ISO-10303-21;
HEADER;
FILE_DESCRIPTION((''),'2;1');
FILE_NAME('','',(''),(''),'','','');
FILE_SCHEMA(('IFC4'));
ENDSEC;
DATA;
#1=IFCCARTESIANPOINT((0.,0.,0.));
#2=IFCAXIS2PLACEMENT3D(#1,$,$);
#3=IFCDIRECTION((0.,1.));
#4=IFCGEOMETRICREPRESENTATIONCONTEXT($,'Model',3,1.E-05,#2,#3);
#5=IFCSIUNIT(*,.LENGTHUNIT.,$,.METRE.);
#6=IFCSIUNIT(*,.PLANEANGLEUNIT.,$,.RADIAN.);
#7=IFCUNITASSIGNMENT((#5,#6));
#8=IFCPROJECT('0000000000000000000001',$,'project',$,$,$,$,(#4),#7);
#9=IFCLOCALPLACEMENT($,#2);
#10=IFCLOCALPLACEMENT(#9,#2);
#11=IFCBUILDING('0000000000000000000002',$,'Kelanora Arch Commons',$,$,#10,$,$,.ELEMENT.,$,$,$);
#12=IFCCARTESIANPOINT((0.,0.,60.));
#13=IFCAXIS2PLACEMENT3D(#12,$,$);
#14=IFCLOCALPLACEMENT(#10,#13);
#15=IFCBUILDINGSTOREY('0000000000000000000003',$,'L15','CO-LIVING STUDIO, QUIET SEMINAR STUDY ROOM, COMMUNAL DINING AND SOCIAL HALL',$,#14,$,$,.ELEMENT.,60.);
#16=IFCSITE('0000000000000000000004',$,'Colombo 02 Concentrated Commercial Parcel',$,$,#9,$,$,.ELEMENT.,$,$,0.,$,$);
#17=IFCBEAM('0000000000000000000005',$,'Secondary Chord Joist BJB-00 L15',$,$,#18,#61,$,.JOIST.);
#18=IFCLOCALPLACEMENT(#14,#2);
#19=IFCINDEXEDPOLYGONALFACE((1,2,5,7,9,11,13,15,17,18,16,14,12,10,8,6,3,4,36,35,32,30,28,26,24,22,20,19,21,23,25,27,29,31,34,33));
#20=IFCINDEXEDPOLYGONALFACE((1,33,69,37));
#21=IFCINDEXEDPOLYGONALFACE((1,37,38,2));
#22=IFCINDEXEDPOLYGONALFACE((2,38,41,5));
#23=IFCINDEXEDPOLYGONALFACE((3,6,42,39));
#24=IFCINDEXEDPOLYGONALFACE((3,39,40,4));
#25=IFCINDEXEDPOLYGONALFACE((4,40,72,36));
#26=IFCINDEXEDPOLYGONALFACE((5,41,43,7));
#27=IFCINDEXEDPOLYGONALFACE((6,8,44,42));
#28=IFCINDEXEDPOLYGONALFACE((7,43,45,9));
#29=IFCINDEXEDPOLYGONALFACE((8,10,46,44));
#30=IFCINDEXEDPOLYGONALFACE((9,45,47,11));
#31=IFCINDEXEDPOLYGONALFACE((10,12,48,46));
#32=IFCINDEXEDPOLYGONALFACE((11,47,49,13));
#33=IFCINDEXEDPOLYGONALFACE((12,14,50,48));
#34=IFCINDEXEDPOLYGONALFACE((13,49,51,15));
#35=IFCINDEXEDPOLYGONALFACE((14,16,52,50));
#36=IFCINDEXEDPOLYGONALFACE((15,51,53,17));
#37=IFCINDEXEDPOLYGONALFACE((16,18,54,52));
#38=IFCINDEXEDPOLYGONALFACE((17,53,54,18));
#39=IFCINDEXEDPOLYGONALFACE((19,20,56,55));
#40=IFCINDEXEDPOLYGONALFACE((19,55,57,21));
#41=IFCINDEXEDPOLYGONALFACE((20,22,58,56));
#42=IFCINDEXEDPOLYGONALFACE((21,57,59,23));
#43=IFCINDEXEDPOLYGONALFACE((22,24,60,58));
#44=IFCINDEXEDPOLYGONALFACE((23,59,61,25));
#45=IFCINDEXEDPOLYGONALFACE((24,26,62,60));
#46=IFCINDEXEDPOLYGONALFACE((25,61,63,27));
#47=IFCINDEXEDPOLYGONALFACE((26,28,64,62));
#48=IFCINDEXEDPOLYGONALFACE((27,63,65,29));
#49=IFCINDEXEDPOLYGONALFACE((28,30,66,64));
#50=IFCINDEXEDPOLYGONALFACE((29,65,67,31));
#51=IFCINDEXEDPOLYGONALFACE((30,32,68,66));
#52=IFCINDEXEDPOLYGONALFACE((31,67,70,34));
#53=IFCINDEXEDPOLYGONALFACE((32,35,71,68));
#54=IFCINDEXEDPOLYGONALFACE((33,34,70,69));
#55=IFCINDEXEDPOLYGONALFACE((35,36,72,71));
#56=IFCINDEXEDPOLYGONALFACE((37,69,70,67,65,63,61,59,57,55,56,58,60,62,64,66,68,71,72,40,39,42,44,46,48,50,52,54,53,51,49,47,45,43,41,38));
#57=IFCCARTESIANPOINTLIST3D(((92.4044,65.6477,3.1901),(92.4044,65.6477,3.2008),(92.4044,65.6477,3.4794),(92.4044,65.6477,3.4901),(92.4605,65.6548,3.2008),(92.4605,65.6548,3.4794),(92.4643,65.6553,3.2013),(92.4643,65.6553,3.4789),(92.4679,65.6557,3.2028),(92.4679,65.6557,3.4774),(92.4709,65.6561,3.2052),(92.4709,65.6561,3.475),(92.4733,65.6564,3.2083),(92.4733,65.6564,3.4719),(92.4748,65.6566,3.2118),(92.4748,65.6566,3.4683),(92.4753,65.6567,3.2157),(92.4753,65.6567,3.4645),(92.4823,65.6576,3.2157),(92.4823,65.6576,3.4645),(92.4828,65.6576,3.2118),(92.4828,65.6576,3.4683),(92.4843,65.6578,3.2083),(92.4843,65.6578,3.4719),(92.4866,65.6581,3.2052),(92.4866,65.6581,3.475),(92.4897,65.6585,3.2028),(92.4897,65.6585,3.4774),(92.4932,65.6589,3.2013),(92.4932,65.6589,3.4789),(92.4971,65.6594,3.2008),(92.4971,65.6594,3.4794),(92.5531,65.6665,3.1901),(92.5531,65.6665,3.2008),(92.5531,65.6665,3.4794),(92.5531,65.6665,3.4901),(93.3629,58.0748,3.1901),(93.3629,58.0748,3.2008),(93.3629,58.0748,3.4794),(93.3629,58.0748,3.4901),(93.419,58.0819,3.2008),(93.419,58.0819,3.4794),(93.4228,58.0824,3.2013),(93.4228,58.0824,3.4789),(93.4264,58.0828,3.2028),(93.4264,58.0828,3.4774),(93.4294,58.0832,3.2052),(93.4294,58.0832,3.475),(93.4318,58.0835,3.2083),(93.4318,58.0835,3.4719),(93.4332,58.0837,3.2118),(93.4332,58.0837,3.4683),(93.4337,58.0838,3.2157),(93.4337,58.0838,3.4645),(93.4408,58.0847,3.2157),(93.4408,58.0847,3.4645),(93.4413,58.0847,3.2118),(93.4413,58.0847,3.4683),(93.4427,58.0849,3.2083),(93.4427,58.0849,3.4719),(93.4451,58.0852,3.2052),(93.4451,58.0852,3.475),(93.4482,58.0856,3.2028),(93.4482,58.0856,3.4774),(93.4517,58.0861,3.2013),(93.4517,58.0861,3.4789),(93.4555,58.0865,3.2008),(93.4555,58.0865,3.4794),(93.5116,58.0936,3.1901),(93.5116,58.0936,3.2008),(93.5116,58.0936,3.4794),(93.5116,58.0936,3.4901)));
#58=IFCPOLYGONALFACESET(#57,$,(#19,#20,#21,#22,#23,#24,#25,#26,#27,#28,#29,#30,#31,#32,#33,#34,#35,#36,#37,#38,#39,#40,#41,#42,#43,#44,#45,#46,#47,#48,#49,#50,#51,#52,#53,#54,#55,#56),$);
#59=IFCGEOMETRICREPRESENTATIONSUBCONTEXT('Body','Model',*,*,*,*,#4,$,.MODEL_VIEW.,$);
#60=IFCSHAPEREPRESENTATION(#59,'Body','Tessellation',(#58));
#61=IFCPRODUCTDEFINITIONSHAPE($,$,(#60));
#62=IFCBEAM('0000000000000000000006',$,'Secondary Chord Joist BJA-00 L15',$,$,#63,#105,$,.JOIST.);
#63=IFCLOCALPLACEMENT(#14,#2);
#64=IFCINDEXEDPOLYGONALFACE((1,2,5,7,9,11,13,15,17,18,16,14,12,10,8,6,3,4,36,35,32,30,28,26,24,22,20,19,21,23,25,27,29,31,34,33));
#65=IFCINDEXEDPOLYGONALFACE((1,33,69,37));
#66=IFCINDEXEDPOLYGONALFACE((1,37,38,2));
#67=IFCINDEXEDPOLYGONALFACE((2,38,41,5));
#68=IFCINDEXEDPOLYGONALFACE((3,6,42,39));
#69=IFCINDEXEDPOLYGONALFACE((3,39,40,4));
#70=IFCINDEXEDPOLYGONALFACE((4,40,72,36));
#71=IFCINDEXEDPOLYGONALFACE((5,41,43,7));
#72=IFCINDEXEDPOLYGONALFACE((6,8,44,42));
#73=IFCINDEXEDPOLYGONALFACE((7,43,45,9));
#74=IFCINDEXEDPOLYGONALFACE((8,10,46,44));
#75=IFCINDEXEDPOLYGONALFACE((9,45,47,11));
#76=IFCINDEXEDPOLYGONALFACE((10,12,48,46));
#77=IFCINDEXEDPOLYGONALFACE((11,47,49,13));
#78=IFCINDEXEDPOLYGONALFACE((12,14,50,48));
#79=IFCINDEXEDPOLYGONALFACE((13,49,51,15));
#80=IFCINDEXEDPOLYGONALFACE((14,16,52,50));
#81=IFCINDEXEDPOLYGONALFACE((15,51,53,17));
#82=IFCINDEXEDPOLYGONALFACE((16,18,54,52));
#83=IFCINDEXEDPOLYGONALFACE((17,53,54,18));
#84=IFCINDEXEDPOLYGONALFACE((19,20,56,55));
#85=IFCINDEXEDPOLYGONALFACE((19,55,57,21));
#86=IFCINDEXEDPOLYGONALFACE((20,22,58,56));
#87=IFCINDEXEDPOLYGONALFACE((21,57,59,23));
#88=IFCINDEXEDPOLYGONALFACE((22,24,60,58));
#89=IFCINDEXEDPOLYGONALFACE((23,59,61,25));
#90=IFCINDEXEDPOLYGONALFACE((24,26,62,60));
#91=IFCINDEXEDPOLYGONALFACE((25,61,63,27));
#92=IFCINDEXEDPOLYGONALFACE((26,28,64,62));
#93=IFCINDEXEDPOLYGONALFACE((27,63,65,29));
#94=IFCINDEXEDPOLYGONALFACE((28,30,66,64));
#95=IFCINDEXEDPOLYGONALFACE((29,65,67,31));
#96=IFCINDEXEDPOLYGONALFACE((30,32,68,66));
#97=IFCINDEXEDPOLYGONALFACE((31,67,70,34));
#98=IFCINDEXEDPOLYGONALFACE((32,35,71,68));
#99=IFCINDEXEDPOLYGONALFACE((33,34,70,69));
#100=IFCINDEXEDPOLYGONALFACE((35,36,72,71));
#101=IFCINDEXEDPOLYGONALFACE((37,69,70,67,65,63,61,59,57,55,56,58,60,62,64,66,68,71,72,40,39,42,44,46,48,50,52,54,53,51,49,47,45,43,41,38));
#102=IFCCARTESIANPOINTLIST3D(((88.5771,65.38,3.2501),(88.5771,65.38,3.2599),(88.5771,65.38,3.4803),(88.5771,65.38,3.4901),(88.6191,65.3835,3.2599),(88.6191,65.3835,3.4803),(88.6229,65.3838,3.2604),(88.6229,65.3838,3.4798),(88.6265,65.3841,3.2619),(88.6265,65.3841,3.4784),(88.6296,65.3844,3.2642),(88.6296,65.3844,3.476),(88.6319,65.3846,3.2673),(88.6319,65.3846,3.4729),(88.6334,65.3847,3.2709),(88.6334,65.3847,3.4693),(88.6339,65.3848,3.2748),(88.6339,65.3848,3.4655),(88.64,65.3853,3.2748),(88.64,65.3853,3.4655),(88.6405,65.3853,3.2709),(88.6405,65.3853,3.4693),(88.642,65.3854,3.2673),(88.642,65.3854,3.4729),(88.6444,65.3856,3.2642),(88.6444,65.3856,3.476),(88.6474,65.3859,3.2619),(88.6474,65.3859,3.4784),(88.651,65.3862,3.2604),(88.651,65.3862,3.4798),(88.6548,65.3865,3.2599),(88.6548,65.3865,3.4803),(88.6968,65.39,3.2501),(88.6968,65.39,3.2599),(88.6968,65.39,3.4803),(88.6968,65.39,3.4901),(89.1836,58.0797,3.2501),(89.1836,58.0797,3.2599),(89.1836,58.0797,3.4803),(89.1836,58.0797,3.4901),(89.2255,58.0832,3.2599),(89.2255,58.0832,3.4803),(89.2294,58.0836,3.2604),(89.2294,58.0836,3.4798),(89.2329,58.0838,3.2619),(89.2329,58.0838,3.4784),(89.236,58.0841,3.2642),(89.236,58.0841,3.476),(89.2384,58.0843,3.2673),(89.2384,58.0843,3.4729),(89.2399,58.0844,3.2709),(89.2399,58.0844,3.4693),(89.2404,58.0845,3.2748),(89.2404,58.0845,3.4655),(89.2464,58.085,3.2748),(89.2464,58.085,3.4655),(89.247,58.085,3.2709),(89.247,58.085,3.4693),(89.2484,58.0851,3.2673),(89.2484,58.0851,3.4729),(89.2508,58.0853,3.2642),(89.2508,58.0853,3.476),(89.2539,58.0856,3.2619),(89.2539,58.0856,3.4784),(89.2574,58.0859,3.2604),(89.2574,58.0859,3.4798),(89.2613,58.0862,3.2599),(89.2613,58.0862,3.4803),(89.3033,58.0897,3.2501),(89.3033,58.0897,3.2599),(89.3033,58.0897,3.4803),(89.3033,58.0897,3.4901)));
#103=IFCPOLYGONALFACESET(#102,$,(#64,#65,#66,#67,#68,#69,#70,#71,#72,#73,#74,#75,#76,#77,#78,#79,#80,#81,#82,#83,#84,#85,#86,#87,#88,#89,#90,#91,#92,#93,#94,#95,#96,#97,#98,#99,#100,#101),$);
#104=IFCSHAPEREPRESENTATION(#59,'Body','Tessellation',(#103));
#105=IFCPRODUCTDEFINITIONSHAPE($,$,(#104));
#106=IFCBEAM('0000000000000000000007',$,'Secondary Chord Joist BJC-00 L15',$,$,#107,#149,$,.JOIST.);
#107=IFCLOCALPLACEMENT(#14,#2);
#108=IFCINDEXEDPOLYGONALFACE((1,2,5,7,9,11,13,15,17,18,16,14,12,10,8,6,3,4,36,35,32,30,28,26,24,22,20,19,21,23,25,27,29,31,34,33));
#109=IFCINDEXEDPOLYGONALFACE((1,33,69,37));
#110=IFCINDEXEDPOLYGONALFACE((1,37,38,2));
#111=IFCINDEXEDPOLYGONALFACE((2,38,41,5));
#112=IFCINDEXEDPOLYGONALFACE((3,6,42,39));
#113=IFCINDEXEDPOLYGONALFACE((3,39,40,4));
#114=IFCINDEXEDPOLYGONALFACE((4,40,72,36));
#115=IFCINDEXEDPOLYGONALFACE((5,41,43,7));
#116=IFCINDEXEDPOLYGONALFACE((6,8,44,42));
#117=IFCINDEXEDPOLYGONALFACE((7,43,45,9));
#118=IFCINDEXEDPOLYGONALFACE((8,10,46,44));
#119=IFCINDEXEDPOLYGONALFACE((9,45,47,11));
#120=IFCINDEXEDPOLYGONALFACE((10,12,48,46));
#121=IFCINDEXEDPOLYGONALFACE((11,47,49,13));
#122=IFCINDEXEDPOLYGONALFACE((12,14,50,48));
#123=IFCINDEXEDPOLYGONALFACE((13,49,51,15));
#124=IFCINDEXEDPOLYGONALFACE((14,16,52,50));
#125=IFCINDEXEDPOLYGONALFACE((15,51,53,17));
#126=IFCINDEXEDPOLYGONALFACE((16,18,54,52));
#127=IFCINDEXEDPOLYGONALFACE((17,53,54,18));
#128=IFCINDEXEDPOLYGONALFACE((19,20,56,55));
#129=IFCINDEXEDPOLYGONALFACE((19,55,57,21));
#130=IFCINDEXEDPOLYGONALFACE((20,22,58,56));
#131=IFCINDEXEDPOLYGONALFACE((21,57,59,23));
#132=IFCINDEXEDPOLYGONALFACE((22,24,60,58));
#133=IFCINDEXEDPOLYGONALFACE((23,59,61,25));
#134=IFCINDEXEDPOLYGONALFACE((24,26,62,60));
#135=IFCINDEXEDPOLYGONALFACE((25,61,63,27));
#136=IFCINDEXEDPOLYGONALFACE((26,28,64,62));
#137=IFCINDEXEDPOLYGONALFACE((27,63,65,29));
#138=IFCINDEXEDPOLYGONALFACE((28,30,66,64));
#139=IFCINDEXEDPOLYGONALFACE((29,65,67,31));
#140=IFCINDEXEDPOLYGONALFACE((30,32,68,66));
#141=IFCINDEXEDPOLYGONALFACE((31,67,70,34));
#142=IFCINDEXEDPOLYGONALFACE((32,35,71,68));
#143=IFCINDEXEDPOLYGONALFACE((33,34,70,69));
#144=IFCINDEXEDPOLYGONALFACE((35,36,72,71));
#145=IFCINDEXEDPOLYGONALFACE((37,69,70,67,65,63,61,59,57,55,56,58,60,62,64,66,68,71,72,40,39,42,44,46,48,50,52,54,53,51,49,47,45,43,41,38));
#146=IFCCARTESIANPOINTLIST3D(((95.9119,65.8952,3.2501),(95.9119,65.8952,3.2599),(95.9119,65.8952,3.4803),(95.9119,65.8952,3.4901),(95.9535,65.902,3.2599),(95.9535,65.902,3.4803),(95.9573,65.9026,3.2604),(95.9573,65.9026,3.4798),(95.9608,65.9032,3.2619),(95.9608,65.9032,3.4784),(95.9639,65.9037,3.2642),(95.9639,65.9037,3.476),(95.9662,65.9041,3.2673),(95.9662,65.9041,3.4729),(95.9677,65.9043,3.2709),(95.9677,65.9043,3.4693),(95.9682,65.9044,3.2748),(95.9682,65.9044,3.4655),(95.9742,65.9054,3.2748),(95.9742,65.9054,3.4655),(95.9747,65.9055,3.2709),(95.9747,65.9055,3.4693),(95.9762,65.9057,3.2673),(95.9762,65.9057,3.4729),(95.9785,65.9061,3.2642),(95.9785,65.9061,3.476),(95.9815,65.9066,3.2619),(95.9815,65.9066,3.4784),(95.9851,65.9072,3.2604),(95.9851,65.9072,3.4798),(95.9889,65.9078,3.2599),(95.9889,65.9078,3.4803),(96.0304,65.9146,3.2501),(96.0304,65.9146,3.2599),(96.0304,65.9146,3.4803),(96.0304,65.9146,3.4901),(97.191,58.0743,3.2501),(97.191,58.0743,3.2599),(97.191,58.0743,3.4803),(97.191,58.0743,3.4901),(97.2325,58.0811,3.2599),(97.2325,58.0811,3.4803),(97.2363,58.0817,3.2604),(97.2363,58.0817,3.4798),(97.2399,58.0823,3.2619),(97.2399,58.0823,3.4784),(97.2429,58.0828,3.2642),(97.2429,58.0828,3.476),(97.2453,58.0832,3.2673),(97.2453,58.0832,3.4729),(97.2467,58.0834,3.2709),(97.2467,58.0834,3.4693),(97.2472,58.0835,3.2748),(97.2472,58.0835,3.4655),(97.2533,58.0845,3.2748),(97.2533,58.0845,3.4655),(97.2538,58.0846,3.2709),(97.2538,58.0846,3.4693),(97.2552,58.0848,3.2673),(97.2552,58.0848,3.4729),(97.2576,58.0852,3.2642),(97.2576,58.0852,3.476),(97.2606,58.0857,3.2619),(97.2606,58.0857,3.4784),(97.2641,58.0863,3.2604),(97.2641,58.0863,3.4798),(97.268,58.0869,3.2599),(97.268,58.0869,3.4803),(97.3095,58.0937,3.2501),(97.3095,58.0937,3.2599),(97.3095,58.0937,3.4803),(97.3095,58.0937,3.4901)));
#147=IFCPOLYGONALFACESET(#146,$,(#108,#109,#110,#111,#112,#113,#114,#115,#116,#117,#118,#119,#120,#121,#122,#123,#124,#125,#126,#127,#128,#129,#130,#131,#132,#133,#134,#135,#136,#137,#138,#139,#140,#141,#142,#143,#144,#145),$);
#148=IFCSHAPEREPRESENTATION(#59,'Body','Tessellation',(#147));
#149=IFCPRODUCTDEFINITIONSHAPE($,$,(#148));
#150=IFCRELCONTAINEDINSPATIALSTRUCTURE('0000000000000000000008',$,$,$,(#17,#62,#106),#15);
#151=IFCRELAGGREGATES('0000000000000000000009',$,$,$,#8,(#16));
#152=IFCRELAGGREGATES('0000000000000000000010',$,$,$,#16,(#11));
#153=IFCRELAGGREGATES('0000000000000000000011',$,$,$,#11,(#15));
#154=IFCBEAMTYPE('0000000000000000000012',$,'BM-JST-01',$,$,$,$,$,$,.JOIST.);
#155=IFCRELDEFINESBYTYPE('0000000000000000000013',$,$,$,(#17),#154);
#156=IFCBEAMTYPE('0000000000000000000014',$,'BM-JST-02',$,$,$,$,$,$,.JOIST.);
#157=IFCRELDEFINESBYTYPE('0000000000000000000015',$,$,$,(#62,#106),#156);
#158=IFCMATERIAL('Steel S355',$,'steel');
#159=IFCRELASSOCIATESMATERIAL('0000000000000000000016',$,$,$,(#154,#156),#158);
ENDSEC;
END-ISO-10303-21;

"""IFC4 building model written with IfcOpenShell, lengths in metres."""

from ifc_helpers import new_model, si_unit, direction, frame, origin, origin_2d, place, context, subcontext, project, spatial, i_section, extrude, material, material_profile, profile_set, type_object, element, save


model = new_model("IFC4")

# Units and contexts
model_context = context("Model", 3, precision=1e-05, world=origin(), true_north=direction((0.0, 1.0)))
body_context = subcontext(model_context, "Body", "Model", "MODEL_VIEW")
ifc_project = project(units=[si_unit("LENGTHUNIT", "METRE"), si_unit("PLANEANGLEUNIT", "RADIAN")], contexts=[model_context])

# Site, building, storey
site_placement = place(None, origin())
site = spatial("IfcSite", under=ifc_project, at=site_placement, Name="Colombo 02 Concentrated Commercial Parcel", CompositionType="ELEMENT", RefElevation=0.0)
building_placement = place(site_placement, origin())
building = spatial("IfcBuilding", under=site, at=building_placement, Name="Kelanora Arch Commons", CompositionType="ELEMENT")
storey_placement = place(building_placement, frame((0.0, 0.0, 60.0)))
storey = spatial("IfcBuildingStorey", under=building, at=storey_placement, Name="L15", Description="CO-LIVING STUDIO, QUIET SEMINAR STUDY ROOM, COMMUNAL DINING AND SOCIAL HALL", CompositionType="ELEMENT", Elevation=60.0)

# Beams
ifc_material_1 = material(Name="Steel S355", Category="steel")
ifc_material_profile_1 = material_profile(ifc_material_1, i_section(OverallWidth=0.1499, OverallDepth=0.3, WebThickness=0.0071, FlangeThickness=0.0107, FilletRadius=0.0149, at=origin_2d()), Name="IPE300")
ifc_profile_set_1 = profile_set([ifc_material_profile_1], Name="Steel S355")
beam_type_1 = type_object("IfcBeamType", Name="BM-JST-01", PredefinedType="JOIST", material=ifc_profile_set_1)
beam_1_placement = place(storey_placement, frame((93.4373, 58.0842, 3.3401), z_axis=(-0.125566, 0.992085, 0.0), x_axis=(-0.992085, -0.125566, 0.0)))
element("IfcBeam", 1, at=beam_1_placement, inside=storey, type_object=beam_type_1, Name="Secondary Chord Joist BJB-00 L15", PredefinedType="JOIST", context=body_context, shape_type="SweptSolid", body=[
    extrude(i_section(OverallWidth=0.1499, OverallDepth=0.3, WebThickness=0.0071, FlangeThickness=0.0107, FilletRadius=0.0149, at=origin_2d()), origin(), (0.0, 0.0, 1.0), 7.6333),
])
ifc_material_profile_2 = material_profile(ifc_material_1, i_section(OverallWidth=0.1201, OverallDepth=0.24, WebThickness=0.0061, FlangeThickness=0.0098, FilletRadius=0.0149, at=origin_2d()), Name="IPE240")
ifc_profile_set_2 = profile_set([ifc_material_profile_2], Name="Steel S355")
beam_type_2 = type_object("IfcBeamType", Name="BM-JST-02", PredefinedType="JOIST", material=ifc_profile_set_2)
beam_2_placement = place(storey_placement, frame((89.2434, 58.0847, 3.3701), z_axis=(-0.082786, 0.996567, 0.0), x_axis=(-0.996567, -0.082786, 0.0)))
element("IfcBeam", 2, at=beam_2_placement, inside=storey, type_object=beam_type_2, Name="Secondary Chord Joist BJA-00 L15", PredefinedType="JOIST", context=body_context, shape_type="SweptSolid", body=[
    extrude(i_section(OverallWidth=0.1201, OverallDepth=0.24, WebThickness=0.0061, FlangeThickness=0.0098, FilletRadius=0.0149, at=origin_2d()), origin(), (0.0, 0.0, 1.0), 7.3254),
])
beam_3_placement = place(storey_placement, frame((97.2502, 58.084, 3.3701), z_axis=(-0.161401, 0.986889, 0.0), x_axis=(-0.986889, -0.161401, 0.0)))
element("IfcBeam", 3, at=beam_3_placement, inside=storey, type_object=beam_type_2, Name="Secondary Chord Joist BJC-00 L15", PredefinedType="JOIST", context=body_context, shape_type="SweptSolid", body=[
    extrude(i_section(OverallWidth=0.1201, OverallDepth=0.24, WebThickness=0.0061, FlangeThickness=0.0098, FilletRadius=0.0149, at=origin_2d()), origin(), (0.0, 0.0, 1.0), 7.9248),
])

save(model, "model.ifc")
